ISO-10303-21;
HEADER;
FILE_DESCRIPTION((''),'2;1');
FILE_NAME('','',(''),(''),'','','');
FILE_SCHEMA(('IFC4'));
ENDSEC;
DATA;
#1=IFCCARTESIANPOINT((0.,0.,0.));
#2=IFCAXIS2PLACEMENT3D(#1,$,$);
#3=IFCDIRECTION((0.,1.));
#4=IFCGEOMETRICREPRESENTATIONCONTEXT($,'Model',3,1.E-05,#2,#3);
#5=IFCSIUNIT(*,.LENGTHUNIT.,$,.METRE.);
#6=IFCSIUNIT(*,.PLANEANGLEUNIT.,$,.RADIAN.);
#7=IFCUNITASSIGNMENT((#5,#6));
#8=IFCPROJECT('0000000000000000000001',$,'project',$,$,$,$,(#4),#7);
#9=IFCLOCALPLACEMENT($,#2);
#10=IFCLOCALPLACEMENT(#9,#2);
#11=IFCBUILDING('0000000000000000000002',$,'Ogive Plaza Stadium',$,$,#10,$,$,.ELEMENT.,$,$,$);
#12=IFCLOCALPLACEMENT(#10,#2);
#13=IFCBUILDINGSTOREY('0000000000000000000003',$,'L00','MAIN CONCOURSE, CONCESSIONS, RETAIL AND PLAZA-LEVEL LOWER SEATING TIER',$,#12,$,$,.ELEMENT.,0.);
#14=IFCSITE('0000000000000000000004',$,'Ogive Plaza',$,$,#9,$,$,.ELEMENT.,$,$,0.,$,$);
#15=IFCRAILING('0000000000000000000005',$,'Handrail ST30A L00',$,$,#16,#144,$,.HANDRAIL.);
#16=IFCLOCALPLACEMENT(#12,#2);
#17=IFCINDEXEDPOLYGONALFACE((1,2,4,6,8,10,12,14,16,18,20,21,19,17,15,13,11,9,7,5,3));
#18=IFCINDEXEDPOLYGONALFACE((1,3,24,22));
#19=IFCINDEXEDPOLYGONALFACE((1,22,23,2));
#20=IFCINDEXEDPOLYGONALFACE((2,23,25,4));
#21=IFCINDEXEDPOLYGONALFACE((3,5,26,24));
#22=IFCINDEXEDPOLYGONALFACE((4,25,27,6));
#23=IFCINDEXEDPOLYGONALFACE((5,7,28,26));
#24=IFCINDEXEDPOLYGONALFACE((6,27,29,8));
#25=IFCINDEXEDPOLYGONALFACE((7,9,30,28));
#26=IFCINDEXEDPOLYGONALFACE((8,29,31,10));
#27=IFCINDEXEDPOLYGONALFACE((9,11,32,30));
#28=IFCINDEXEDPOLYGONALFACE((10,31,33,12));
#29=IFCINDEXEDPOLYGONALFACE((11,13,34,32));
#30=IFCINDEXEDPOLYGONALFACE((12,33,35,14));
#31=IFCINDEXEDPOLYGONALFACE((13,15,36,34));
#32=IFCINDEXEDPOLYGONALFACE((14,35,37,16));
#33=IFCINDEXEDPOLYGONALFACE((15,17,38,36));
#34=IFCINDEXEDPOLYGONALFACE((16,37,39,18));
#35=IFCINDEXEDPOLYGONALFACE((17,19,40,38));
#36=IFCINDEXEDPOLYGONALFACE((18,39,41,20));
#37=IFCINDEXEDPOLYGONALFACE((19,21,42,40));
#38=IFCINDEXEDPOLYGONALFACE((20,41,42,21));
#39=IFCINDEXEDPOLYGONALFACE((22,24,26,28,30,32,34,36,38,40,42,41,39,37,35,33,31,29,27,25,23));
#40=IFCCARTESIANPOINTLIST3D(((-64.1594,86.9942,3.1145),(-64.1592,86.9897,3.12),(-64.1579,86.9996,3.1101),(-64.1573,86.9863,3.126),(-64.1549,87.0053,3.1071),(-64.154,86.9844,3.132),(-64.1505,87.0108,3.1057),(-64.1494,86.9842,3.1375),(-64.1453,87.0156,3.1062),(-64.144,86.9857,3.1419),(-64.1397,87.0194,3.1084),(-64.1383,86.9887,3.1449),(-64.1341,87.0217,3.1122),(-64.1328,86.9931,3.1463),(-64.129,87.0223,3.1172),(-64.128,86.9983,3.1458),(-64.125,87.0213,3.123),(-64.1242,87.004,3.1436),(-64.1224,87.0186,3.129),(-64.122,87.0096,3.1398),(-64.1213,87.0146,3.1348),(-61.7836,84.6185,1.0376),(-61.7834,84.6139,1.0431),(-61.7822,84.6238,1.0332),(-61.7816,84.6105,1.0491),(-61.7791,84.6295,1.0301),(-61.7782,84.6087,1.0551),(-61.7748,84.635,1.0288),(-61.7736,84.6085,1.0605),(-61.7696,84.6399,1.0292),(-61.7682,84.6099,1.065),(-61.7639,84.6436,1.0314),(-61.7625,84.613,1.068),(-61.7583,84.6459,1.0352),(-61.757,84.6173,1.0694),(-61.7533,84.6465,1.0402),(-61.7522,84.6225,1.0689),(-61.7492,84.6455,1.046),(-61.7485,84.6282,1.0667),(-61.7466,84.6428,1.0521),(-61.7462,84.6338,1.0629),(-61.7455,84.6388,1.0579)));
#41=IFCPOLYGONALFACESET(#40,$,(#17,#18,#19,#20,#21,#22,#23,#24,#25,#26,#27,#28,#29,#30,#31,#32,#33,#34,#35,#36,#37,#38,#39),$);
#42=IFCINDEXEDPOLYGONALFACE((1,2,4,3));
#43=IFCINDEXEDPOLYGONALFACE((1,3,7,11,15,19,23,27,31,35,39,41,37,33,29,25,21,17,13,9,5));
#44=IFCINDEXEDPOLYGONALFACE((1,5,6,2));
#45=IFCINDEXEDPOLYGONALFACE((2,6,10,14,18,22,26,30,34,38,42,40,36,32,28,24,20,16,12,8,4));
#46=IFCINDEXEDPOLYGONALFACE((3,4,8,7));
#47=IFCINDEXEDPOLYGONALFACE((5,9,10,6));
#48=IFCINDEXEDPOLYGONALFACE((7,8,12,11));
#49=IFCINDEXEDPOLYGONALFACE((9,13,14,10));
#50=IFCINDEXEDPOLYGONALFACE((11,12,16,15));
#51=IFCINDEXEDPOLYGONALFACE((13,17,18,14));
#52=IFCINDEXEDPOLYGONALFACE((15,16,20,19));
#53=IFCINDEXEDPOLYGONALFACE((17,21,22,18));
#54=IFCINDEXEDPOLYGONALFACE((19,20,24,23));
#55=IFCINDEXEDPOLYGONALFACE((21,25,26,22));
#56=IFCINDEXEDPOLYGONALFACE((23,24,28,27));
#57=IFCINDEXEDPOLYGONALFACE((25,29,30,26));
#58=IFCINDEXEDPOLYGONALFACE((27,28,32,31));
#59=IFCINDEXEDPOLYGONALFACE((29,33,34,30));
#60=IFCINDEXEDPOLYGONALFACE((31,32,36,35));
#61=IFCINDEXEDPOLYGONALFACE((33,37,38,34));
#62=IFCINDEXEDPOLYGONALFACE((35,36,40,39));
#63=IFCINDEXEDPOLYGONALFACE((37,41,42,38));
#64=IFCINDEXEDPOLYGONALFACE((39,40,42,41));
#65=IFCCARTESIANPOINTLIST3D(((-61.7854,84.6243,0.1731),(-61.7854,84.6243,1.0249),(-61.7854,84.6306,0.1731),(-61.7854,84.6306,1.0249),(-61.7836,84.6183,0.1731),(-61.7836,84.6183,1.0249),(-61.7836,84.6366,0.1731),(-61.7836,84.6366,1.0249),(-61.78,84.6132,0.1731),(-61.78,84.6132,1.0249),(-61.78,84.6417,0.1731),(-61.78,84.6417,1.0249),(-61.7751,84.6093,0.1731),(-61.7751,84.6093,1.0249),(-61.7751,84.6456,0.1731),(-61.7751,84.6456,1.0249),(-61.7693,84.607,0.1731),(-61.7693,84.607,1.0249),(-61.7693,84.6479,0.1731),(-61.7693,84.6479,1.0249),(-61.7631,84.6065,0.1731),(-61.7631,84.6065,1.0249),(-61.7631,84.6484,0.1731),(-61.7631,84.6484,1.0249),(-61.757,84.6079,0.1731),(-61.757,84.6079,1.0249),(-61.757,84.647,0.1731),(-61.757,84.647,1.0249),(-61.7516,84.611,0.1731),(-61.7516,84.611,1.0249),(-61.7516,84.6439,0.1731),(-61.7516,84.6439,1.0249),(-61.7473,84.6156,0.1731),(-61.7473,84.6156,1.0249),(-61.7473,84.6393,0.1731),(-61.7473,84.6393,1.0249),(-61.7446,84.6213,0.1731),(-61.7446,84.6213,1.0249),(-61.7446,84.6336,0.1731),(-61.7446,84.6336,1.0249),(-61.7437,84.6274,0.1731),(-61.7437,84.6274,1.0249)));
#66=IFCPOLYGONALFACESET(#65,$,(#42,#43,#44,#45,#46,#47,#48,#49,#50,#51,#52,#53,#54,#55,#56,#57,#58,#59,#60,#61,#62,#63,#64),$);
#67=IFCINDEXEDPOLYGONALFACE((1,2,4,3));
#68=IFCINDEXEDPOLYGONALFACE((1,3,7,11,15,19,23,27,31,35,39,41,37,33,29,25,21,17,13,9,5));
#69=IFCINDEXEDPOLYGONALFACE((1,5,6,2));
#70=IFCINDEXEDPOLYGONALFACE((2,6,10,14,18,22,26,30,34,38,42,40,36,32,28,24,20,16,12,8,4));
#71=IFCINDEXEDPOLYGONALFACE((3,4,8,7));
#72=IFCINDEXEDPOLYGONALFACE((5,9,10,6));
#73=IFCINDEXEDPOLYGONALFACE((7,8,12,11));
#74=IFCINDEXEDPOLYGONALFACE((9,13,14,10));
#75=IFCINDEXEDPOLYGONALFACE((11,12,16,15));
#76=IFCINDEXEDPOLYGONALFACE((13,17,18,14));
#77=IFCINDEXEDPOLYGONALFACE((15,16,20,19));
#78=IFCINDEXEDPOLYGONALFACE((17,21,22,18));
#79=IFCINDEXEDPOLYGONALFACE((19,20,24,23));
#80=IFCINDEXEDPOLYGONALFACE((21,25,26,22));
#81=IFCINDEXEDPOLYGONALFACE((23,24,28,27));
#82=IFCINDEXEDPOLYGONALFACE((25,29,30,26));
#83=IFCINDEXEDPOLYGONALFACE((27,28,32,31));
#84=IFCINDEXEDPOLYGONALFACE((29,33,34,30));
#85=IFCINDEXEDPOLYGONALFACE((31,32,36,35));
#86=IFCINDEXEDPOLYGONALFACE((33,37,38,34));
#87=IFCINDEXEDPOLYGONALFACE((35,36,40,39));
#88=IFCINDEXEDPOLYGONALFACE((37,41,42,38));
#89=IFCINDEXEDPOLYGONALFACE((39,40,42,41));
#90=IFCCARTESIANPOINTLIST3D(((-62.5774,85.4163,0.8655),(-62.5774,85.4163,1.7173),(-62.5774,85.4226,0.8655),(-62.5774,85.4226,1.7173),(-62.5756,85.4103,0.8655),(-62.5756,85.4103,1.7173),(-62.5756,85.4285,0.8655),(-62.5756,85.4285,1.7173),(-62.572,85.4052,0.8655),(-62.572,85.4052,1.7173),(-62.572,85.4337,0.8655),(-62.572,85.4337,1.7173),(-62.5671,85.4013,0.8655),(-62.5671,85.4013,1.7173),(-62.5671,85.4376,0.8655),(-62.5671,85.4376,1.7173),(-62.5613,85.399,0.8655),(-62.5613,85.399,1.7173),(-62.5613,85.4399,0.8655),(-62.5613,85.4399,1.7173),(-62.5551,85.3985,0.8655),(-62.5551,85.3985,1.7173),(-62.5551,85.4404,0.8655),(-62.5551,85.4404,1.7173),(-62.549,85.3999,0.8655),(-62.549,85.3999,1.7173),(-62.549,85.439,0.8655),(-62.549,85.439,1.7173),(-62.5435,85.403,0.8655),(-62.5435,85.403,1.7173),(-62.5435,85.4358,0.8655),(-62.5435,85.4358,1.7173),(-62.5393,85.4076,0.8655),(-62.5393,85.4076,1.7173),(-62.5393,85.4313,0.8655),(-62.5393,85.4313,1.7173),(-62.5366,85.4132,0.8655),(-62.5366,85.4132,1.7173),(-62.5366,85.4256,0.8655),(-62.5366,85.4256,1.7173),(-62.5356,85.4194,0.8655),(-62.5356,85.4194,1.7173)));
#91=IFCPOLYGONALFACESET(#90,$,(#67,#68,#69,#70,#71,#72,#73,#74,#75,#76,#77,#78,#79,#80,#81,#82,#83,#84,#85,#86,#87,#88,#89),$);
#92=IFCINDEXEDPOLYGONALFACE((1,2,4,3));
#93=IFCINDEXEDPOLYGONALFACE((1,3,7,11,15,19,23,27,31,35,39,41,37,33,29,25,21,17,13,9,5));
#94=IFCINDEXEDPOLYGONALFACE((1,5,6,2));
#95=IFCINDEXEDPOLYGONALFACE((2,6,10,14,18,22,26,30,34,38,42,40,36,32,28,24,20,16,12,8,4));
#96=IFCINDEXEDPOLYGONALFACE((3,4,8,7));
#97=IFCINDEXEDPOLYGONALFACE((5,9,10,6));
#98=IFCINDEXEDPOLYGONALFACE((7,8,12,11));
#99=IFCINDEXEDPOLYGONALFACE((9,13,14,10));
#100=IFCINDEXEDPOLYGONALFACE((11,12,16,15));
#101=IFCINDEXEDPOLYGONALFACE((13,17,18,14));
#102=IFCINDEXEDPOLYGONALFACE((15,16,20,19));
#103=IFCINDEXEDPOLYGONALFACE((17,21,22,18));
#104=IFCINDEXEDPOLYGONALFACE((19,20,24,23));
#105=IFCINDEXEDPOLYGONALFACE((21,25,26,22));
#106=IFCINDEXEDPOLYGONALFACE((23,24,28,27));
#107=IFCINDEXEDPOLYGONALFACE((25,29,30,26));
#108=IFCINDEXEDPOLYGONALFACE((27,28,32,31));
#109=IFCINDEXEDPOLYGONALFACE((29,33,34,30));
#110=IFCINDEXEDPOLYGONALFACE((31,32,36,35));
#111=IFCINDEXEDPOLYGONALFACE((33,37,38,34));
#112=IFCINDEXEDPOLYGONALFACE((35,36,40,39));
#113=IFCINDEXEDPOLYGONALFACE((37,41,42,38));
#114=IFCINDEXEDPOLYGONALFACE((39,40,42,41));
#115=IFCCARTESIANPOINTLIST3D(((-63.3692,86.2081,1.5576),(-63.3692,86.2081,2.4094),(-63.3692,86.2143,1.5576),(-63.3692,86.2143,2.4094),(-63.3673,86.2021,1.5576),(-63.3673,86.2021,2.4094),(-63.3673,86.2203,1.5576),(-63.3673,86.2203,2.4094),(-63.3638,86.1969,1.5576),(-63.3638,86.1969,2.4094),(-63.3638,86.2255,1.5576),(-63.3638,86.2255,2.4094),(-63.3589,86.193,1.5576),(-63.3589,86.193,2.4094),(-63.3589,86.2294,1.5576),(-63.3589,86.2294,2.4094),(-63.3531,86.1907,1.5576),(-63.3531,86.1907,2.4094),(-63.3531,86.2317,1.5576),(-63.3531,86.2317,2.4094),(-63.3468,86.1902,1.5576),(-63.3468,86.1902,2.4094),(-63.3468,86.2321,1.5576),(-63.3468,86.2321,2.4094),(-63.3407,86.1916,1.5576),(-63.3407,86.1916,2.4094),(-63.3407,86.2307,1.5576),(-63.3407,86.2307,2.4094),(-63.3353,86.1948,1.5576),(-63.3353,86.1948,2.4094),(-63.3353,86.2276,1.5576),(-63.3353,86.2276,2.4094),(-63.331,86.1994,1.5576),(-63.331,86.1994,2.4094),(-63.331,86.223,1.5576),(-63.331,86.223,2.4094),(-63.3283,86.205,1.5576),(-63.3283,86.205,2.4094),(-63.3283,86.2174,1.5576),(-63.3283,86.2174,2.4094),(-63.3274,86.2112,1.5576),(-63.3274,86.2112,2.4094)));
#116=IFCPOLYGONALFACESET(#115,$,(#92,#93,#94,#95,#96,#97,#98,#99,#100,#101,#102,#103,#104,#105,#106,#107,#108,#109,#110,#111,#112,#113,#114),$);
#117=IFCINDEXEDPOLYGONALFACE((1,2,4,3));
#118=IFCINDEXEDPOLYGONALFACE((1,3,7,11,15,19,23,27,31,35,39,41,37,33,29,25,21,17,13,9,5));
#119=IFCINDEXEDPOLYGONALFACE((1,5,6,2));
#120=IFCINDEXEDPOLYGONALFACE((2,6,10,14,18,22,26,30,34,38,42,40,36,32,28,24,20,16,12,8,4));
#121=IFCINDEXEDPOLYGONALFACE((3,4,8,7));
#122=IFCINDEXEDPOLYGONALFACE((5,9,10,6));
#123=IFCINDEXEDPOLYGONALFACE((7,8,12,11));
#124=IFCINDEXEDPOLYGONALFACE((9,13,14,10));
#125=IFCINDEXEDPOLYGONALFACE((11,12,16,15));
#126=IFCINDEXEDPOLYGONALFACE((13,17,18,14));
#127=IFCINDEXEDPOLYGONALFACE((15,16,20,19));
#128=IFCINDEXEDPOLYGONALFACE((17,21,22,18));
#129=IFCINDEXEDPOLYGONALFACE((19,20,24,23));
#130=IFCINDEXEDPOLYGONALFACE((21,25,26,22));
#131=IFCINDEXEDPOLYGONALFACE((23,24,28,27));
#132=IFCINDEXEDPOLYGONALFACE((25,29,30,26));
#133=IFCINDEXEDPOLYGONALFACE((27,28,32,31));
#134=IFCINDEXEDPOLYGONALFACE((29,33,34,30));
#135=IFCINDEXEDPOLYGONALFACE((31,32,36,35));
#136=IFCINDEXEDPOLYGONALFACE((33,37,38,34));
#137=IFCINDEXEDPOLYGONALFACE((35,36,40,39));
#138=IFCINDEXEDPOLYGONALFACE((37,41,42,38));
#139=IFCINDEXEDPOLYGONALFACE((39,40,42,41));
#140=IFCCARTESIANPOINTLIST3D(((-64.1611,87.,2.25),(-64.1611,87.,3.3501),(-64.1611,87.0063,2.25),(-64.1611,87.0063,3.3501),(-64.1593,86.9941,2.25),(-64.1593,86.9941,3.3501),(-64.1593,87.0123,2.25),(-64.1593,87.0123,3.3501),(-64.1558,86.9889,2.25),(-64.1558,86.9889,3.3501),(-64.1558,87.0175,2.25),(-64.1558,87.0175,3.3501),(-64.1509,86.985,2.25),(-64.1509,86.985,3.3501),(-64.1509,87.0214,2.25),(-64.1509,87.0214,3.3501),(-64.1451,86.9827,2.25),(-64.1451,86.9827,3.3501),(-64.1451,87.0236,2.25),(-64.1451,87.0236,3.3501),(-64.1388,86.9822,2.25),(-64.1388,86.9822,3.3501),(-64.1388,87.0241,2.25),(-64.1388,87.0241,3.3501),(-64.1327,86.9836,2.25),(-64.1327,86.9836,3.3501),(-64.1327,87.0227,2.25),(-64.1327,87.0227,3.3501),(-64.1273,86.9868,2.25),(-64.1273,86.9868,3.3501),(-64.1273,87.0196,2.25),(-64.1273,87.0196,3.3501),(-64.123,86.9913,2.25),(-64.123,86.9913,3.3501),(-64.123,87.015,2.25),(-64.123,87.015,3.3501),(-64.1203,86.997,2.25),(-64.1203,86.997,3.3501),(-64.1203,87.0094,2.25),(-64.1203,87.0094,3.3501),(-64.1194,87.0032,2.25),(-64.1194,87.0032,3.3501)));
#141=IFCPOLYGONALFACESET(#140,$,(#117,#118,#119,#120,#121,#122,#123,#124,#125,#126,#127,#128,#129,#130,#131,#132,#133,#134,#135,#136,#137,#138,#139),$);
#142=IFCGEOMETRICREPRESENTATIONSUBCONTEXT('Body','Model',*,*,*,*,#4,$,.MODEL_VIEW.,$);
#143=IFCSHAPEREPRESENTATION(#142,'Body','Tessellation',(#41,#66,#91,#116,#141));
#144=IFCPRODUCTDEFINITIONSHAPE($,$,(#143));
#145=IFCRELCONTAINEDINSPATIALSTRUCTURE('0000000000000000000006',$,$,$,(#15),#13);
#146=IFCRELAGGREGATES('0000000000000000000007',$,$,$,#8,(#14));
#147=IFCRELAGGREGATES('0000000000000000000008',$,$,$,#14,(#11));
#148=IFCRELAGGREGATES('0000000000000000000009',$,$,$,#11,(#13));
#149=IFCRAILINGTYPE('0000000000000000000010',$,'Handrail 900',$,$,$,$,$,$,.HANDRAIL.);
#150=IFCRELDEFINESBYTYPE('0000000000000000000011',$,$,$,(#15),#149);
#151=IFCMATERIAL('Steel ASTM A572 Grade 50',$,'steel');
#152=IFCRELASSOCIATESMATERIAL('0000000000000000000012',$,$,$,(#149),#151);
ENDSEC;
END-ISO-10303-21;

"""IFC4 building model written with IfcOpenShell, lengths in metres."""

from ifc_helpers import new_model, si_unit, direction, frame, origin, origin_2d, place, context, subcontext, project, spatial, circle, extrude, material, type_object, element, save


model = new_model("IFC4")

# Units and contexts
model_context = context("Model", 3, precision=1e-05, world=origin(), true_north=direction((0.0, 1.0)))
body_context = subcontext(model_context, "Body", "Model", "MODEL_VIEW")
ifc_project = project(units=[si_unit("LENGTHUNIT", "METRE"), si_unit("PLANEANGLEUNIT", "RADIAN")], contexts=[model_context])

# Site, building, storey
site_placement = place(None, origin())
site = spatial("IfcSite", under=ifc_project, at=site_placement, Name="Ogive Plaza", CompositionType="ELEMENT", RefElevation=0.0)
building_placement = place(site_placement, origin())
building = spatial("IfcBuilding", under=site, at=building_placement, Name="Ogive Plaza Stadium", CompositionType="ELEMENT")
storey_placement = place(building_placement, origin())
storey = spatial("IfcBuildingStorey", under=building, at=storey_placement, Name="L00", Description="MAIN CONCOURSE, CONCESSIONS, RETAIL AND PLAZA-LEVEL LOWER SEATING TIER", CompositionType="ELEMENT", Elevation=0.0)

# Railing
ifc_material_1 = material(Name="Steel ASTM A572 Grade 50", Category="steel")
railing_type = type_object("IfcRailingType", Name="Handrail 900", PredefinedType="HANDRAIL", material=ifc_material_1)
railing_1_placement = place(storey_placement, frame((-61.7646, 84.6274, 0.1731)))
element("IfcRailing", 1, at=railing_1_placement, inside=storey, type_object=railing_type, Name="Handrail ST30A L00", PredefinedType="HANDRAIL", context=body_context, shape_type="SweptSolid", body=[
    extrude(circle(Radius=0.0239, at=origin_2d()), frame((0.0, 0.0, 0.876), z_axis=(-0.601466, 0.601466, 0.525811), x_axis=(-0.707107, -0.707107, 0.0)), (0.0, 0.0, 1.0), 3.95),
    extrude(circle(Radius=0.021, at=origin_2d()), origin(), (0.0, 0.0, 1.0), 0.8518),
    extrude(circle(Radius=0.021, at=origin_2d()), frame((-0.792, 0.792, 0.6924)), (0.0, 0.0, 1.0), 0.8518),
    extrude(circle(Radius=0.021, at=origin_2d()), frame((-1.5837, 1.5837, 1.3845)), (0.0, 0.0, 1.0), 0.8518),
    extrude(circle(Radius=0.021, at=origin_2d()), frame((-2.3757, 2.3757, 2.0769)), (0.0, 0.0, 1.0), 1.1001),
])

save(model, "model.ifc")
